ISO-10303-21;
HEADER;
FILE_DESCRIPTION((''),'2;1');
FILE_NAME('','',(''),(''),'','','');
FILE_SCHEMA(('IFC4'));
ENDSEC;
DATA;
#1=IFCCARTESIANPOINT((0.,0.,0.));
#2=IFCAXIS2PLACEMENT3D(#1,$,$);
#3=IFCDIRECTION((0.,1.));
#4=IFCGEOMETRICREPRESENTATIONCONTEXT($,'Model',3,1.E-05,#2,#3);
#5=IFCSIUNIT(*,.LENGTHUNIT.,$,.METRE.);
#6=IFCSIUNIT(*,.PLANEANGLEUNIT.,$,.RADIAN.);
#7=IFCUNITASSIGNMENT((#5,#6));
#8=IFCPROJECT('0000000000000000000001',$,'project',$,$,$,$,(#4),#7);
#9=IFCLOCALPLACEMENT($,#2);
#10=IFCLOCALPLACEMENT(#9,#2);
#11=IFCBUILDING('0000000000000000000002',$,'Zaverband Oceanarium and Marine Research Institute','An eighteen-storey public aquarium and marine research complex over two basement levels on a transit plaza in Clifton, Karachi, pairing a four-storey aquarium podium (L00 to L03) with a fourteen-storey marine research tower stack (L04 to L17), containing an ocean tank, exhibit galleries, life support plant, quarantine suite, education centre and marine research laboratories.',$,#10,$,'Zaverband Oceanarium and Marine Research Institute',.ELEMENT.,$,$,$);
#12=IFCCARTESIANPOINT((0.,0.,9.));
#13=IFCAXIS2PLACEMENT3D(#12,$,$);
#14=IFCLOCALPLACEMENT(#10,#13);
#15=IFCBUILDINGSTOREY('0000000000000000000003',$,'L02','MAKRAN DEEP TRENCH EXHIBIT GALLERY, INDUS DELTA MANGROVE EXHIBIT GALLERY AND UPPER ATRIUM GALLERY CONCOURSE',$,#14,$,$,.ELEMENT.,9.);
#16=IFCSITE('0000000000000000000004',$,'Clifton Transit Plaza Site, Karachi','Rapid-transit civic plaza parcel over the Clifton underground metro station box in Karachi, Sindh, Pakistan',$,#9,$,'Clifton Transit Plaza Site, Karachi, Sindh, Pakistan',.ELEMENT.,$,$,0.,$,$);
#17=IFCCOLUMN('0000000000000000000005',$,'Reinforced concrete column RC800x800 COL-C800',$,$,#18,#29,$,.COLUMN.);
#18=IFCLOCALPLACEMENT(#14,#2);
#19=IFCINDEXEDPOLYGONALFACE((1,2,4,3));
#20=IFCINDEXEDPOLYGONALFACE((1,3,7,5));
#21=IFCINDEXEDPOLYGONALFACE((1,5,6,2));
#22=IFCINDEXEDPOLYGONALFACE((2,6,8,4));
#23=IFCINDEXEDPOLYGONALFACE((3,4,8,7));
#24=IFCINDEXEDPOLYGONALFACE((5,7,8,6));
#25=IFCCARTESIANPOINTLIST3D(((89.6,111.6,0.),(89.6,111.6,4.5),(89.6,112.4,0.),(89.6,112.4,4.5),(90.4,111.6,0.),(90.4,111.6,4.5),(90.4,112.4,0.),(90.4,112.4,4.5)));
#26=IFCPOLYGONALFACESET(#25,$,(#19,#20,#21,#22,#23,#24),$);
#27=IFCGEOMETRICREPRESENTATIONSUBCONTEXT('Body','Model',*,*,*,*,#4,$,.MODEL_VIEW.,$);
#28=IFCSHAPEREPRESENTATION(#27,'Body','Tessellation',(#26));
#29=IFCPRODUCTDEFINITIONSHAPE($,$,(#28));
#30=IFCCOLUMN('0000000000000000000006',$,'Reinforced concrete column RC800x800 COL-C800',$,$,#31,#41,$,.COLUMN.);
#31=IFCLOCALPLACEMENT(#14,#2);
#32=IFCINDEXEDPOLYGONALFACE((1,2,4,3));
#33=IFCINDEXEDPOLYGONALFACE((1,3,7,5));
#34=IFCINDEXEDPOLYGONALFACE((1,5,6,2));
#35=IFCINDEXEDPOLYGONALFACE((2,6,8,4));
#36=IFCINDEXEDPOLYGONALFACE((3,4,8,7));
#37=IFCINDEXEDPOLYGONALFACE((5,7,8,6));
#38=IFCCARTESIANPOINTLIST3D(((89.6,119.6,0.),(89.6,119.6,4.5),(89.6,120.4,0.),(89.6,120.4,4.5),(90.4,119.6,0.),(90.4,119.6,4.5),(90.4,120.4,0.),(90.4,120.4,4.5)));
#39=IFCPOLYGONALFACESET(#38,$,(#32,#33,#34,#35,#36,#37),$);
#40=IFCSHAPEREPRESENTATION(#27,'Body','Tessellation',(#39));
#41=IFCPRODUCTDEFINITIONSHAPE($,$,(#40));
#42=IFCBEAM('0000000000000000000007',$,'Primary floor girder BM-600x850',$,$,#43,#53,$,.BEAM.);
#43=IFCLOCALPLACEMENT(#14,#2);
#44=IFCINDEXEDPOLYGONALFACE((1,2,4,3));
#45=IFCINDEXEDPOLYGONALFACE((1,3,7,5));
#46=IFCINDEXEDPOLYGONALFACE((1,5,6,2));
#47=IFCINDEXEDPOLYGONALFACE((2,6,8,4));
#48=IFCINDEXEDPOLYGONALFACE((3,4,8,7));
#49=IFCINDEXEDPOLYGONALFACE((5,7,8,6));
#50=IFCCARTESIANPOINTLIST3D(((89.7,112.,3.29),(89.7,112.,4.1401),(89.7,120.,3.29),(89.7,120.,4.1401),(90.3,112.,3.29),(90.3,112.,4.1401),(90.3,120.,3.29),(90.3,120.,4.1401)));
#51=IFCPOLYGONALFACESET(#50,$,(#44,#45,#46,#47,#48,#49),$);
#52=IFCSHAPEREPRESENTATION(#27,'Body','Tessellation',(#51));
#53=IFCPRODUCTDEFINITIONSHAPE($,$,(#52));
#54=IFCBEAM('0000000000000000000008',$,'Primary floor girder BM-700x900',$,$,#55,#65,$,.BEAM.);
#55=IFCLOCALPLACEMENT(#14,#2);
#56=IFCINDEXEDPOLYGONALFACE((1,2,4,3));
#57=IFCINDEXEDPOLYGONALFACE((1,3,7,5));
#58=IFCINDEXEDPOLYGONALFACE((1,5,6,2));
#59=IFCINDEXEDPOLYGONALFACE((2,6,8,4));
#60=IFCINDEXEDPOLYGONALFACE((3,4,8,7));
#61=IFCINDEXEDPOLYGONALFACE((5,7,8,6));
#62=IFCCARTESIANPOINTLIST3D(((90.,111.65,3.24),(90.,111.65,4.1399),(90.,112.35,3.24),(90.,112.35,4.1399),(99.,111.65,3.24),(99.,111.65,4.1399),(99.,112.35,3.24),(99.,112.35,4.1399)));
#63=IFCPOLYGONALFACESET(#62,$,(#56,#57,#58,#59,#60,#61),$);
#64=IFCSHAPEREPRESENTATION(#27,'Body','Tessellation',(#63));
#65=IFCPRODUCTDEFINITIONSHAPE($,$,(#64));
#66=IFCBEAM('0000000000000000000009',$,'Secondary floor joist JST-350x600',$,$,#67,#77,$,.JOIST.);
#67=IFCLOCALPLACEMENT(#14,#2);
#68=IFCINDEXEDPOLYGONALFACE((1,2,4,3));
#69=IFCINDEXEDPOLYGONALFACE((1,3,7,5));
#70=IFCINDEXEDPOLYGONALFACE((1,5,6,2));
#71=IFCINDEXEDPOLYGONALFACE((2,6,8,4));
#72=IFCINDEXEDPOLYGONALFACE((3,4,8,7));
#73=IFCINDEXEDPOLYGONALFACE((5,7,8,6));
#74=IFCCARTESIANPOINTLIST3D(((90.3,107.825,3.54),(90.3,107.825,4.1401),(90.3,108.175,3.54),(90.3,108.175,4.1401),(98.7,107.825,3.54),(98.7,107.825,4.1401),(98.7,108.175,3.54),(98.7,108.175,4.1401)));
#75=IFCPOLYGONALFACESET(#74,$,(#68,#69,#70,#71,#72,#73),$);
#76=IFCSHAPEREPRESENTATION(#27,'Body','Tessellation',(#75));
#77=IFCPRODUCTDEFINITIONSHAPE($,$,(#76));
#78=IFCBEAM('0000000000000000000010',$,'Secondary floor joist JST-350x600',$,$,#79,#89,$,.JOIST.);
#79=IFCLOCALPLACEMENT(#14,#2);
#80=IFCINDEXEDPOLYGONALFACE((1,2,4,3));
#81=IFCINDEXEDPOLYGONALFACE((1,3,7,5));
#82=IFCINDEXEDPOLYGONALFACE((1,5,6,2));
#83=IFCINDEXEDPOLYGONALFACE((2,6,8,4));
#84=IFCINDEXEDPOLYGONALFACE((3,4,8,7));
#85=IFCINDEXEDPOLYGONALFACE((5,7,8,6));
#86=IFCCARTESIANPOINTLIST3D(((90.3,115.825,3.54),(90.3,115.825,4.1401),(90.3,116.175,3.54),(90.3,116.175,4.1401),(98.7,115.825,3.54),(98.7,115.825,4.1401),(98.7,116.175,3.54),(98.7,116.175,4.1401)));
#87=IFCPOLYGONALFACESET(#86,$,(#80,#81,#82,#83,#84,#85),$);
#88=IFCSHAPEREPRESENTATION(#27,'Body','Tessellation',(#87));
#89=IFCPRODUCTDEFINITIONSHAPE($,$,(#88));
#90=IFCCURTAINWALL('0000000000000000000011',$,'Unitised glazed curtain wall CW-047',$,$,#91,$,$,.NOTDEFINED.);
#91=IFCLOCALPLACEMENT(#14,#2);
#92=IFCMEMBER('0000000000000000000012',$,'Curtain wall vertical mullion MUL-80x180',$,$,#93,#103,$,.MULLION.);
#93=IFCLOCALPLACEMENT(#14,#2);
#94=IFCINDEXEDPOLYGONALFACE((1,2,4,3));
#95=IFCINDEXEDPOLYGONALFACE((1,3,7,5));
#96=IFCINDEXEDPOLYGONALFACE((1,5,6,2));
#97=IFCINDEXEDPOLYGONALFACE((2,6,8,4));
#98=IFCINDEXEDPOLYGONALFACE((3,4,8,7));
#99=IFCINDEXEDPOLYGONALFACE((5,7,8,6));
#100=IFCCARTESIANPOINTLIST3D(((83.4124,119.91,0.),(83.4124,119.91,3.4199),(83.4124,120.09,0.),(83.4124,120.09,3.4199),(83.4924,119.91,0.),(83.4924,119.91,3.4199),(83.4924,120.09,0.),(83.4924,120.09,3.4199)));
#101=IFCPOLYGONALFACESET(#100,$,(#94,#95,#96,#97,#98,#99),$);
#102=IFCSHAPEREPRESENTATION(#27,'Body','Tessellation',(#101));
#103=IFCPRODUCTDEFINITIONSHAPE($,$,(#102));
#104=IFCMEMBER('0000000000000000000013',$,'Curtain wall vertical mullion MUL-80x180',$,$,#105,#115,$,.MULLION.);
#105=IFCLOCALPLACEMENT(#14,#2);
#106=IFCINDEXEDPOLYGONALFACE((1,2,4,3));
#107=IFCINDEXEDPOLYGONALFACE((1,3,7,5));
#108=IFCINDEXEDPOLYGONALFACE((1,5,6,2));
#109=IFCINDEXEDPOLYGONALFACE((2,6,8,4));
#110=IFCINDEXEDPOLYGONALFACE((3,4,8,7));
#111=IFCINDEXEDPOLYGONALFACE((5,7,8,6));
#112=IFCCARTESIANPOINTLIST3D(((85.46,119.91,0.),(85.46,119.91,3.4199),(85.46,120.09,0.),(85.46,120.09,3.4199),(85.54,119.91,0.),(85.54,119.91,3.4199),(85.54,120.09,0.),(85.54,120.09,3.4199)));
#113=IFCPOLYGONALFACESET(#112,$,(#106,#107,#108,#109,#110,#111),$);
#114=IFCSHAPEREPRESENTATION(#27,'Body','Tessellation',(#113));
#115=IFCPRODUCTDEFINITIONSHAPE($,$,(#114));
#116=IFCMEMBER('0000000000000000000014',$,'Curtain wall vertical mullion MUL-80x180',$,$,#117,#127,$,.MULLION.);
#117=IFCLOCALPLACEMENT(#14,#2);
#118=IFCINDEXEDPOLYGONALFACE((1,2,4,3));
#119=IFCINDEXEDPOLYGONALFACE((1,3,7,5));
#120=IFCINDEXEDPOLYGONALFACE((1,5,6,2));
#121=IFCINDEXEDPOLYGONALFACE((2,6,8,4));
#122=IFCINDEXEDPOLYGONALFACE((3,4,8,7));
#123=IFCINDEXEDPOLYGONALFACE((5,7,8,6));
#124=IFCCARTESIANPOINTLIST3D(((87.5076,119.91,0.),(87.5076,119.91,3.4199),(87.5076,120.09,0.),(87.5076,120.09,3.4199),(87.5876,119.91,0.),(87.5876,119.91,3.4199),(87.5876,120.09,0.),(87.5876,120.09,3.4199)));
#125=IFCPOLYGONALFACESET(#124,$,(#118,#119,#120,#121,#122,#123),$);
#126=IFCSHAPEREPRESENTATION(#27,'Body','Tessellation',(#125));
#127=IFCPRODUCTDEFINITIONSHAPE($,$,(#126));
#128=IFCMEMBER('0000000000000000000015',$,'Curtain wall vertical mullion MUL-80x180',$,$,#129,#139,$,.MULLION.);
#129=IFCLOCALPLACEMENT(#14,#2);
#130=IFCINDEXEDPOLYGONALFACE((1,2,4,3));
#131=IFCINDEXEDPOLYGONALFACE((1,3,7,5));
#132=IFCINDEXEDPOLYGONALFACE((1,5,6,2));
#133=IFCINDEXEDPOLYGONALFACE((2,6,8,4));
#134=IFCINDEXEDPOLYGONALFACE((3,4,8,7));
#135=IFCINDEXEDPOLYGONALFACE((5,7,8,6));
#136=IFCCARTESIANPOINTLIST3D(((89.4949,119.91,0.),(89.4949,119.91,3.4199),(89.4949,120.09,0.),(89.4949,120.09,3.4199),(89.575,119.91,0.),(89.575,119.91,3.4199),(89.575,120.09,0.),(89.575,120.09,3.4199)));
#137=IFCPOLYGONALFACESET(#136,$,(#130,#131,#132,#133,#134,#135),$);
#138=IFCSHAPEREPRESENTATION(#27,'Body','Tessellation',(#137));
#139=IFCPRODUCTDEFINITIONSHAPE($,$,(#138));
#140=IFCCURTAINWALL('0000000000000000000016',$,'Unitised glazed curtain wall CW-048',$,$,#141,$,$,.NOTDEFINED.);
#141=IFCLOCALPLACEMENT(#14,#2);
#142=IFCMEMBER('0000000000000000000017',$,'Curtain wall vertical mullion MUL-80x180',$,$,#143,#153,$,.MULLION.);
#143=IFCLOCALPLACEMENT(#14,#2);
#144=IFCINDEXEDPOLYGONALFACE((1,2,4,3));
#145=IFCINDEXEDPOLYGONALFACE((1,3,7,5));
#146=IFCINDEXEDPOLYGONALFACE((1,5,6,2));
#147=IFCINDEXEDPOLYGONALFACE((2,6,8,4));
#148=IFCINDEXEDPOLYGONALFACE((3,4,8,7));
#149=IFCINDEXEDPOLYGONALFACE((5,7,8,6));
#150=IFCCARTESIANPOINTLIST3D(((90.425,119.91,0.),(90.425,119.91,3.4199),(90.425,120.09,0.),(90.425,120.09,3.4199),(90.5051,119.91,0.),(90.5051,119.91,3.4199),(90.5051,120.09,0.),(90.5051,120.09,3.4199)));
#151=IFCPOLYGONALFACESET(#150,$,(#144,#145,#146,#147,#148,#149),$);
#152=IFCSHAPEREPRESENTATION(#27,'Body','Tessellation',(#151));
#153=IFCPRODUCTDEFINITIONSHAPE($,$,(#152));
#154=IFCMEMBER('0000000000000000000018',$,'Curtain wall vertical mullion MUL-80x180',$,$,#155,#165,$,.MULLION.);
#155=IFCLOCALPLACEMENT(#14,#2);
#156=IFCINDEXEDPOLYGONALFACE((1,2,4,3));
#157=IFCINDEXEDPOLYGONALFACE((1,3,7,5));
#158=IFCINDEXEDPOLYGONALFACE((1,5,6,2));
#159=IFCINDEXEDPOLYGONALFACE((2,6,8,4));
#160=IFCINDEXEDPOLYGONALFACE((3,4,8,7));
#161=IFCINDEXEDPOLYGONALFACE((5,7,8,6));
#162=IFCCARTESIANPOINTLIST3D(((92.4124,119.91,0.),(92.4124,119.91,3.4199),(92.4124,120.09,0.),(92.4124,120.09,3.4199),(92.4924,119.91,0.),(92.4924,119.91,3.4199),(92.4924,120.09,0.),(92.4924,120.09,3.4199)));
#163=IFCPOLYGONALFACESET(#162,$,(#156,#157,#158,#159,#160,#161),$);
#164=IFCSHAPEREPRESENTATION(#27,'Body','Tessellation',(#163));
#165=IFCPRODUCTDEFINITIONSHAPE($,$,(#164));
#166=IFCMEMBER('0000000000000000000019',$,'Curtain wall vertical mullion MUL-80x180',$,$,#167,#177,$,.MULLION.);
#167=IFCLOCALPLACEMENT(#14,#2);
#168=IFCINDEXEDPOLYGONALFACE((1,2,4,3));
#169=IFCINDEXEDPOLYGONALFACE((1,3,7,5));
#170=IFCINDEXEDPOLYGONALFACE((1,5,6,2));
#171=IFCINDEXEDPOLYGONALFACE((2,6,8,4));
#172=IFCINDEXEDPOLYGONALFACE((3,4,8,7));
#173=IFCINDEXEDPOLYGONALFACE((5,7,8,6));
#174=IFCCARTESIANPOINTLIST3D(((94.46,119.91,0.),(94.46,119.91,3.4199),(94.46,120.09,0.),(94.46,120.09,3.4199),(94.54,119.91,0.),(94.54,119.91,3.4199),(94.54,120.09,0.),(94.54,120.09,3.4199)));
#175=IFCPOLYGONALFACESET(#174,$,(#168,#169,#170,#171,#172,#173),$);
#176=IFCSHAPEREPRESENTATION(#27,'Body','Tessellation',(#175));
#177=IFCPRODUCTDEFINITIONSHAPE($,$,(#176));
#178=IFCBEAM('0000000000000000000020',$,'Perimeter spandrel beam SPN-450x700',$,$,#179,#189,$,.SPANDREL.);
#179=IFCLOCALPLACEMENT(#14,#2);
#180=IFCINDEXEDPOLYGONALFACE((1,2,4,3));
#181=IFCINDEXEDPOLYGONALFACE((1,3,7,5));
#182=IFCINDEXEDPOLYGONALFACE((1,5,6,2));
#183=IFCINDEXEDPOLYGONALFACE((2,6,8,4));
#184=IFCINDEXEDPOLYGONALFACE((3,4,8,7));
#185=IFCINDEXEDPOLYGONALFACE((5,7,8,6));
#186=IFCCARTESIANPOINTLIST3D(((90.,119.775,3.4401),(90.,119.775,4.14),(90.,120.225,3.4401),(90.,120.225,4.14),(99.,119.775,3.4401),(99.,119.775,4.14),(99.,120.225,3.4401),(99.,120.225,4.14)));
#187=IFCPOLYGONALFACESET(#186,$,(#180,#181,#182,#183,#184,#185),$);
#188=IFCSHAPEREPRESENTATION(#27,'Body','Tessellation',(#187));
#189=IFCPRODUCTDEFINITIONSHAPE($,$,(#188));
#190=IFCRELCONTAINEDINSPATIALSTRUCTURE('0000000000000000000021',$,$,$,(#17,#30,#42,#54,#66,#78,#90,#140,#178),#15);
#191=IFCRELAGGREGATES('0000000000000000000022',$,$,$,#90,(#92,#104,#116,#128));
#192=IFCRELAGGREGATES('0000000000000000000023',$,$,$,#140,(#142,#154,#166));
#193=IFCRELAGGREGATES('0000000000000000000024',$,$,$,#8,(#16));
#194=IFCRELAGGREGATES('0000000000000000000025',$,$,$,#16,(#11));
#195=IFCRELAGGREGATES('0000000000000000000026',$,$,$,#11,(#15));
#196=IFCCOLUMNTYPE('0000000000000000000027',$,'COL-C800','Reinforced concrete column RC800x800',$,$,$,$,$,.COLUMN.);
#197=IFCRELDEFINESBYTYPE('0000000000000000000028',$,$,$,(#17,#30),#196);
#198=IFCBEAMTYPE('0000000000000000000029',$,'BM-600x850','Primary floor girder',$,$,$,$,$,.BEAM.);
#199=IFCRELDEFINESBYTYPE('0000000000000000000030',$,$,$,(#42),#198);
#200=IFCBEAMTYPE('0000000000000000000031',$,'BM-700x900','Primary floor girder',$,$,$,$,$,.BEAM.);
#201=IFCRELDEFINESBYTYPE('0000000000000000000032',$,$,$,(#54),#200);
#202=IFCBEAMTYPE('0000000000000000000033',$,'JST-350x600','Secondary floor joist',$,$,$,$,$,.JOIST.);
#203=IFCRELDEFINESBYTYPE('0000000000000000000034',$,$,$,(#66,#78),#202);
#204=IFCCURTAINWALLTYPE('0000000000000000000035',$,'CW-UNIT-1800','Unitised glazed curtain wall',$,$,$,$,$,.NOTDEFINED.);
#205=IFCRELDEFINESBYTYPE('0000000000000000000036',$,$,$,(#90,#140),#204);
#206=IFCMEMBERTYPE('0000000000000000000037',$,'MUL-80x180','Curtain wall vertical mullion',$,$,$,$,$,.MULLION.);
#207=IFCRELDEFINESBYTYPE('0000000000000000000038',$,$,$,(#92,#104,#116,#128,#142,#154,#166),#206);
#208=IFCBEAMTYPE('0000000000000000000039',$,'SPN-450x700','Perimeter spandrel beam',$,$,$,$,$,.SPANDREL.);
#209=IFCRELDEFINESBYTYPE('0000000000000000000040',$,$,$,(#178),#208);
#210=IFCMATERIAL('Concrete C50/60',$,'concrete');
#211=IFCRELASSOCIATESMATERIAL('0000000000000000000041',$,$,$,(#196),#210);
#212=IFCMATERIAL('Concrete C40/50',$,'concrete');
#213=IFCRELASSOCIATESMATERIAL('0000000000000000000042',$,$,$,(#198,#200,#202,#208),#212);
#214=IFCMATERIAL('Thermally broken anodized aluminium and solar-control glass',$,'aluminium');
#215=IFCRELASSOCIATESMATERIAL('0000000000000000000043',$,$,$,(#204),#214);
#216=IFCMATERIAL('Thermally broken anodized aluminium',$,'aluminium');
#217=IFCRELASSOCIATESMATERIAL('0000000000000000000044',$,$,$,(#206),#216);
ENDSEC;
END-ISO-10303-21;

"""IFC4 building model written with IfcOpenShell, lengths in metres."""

from ifc_helpers import new_model, si_unit, direction, frame, origin, origin_2d, place, context, subcontext, project, spatial, rectangle, extrude, material, material_profile, profile_set, type_object, element, aggregate, save


model = new_model("IFC4")

# Units and contexts
model_context = context("Model", 3, precision=1e-05, world=origin(), true_north=direction((0.0, 1.0)))
body_context = subcontext(model_context, "Body", "Model", "MODEL_VIEW")
ifc_project = project(units=[si_unit("LENGTHUNIT", "METRE"), si_unit("PLANEANGLEUNIT", "RADIAN")], contexts=[model_context])

# Site, building, storey
site_placement = place(None, origin())
site = spatial("IfcSite", under=ifc_project, at=site_placement, Name="Clifton Transit Plaza Site, Karachi", Description="Rapid-transit civic plaza parcel over the Clifton underground metro station box in Karachi, Sindh, Pakistan", LongName="Clifton Transit Plaza Site, Karachi, Sindh, Pakistan", CompositionType="ELEMENT", RefElevation=0.0)
building_placement = place(site_placement, origin())
building = spatial("IfcBuilding", under=site, at=building_placement, Name="Zaverband Oceanarium and Marine Research Institute", Description="An eighteen-storey public aquarium and marine research complex over two basement levels on a transit plaza in Clifton, Karachi, pairing a four-storey aquarium podium (L00 to L03) with a fourteen-storey marine research tower stack (L04 to L17), containing an ocean tank, exhibit galleries, life support plant, quarantine suite, education centre and marine research laboratories.", LongName="Zaverband Oceanarium and Marine Research Institute", CompositionType="ELEMENT")
storey_placement = place(building_placement, frame((0.0, 0.0, 9.0)))
storey = spatial("IfcBuildingStorey", under=building, at=storey_placement, Name="L02", Description="MAKRAN DEEP TRENCH EXHIBIT GALLERY, INDUS DELTA MANGROVE EXHIBIT GALLERY AND UPPER ATRIUM GALLERY CONCOURSE", CompositionType="ELEMENT", Elevation=9.0)

# Columns
ifc_material_1 = material(Name="Concrete C50/60", Category="concrete")
ifc_material_profile_1 = material_profile(ifc_material_1, rectangle(XDim=0.8, YDim=0.8, at=origin_2d()), Name="RC800x800")
ifc_profile_set_1 = profile_set([ifc_material_profile_1], Name="Concrete C50/60")
column_type = type_object("IfcColumnType", Name="COL-C800", Description="Reinforced concrete column RC800x800", PredefinedType="COLUMN", material=ifc_profile_set_1)
for number, where, z_axis, x_axis, name in (
    (1, (90.0, 112.0, 0.0), (0.0, 0.0, 1.0), (1.0, 0.0, 0.0), "Reinforced concrete column RC800x800 COL-C800"),
    (2, (90.0, 120.0, 0.0), (0.0, 0.0, 1.0), (1.0, 0.0, 0.0), "Reinforced concrete column RC800x800 COL-C800"),
):
    element("IfcColumn", number, at=place(storey_placement, frame(where, z_axis=z_axis, x_axis=x_axis)), inside=storey, type_object=column_type, Name=name, PredefinedType="COLUMN", context=body_context, shape_type="SweptSolid", body=[
        extrude(rectangle(XDim=0.8, YDim=0.8, at=origin_2d()), origin(), (0.0, 0.0, 1.0), 4.5),
    ])

# Beams
ifc_material_2 = material(Name="Concrete C40/50", Category="concrete")
ifc_material_profile_2 = material_profile(ifc_material_2, rectangle(XDim=0.6001, YDim=0.8501, at=origin_2d()), Name="RC600x850")
ifc_profile_set_2 = profile_set([ifc_material_profile_2], Name="Concrete C40/50")
beam_type_1 = type_object("IfcBeamType", Name="BM-600x850", Description="Primary floor girder", PredefinedType="BEAM", material=ifc_profile_set_2)
beam_1_placement = place(storey_placement, frame((90.0, 112.0, 3.7151), z_axis=(0.0, 1.0, 0.0), x_axis=(-1.0, 0.0, 0.0)))
element("IfcBeam", 3, at=beam_1_placement, inside=storey, type_object=beam_type_1, Name="Primary floor girder BM-600x850", PredefinedType="BEAM", context=body_context, shape_type="SweptSolid", body=[
    extrude(rectangle(XDim=0.6001, YDim=0.8501, at=origin_2d()), origin(), (0.0, 0.0, 1.0), 8.0),
])
ifc_material_profile_3 = material_profile(ifc_material_2, rectangle(XDim=0.7, YDim=0.8999, at=origin_2d()), Name="RC700x900")
ifc_profile_set_3 = profile_set([ifc_material_profile_3], Name="Concrete C40/50")
beam_type_2 = type_object("IfcBeamType", Name="BM-700x900", Description="Primary floor girder", PredefinedType="BEAM", material=ifc_profile_set_3)
beam_2_placement = place(storey_placement, frame((90.0, 112.0, 3.6899), z_axis=(1.0, 0.0, 0.0), x_axis=(0.0, 1.0, 0.0)))
element("IfcBeam", 4, at=beam_2_placement, inside=storey, type_object=beam_type_2, Name="Primary floor girder BM-700x900", PredefinedType="BEAM", context=body_context, shape_type="SweptSolid", body=[
    extrude(rectangle(XDim=0.7, YDim=0.8999, at=origin_2d()), origin(), (0.0, 0.0, 1.0), 9.0),
])
ifc_material_profile_4 = material_profile(ifc_material_2, rectangle(XDim=0.3501, YDim=0.6001, at=origin_2d()), Name="RC350x600")
ifc_profile_set_4 = profile_set([ifc_material_profile_4], Name="Concrete C40/50")
beam_type_3 = type_object("IfcBeamType", Name="JST-350x600", Description="Secondary floor joist", PredefinedType="JOIST", material=ifc_profile_set_4)
for number, where, z_axis, x_axis, name in (
    (5, (90.3, 108.0, 3.8401), (1.0, 0.0, 0.0), (0.0, 1.0, 0.0), "Secondary floor joist JST-350x600"),
    (6, (90.3, 116.0, 3.8401), (1.0, 0.0, 0.0), (0.0, 1.0, 0.0), "Secondary floor joist JST-350x600"),
):
    element("IfcBeam", number, at=place(storey_placement, frame(where, z_axis=z_axis, x_axis=x_axis)), inside=storey, type_object=beam_type_3, Name=name, PredefinedType="JOIST", context=body_context, shape_type="SweptSolid", body=[
        extrude(rectangle(XDim=0.3501, YDim=0.6001, at=origin_2d()), origin(), (0.0, 0.0, 1.0), 8.3999),
    ])

# Curtain walls, members
ifc_material_3 = material(Name="Thermally broken anodized aluminium and solar-control glass", Category="aluminium")
curtain_wall_type = type_object("IfcCurtainWallType", Name="CW-UNIT-1800", Description="Unitised glazed curtain wall", PredefinedType="NOTDEFINED", material=ifc_material_3)
curtain_wall_1_placement = place(storey_placement, origin())
curtain_wall_1 = element("IfcCurtainWall", 7, at=curtain_wall_1_placement, inside=storey, type_object=curtain_wall_type, Name="Unitised glazed curtain wall CW-047", PredefinedType="NOTDEFINED")
ifc_material_4 = material(Name="Thermally broken anodized aluminium", Category="aluminium")
ifc_material_profile_5 = material_profile(ifc_material_4, rectangle(XDim=0.0801, YDim=0.1799, at=origin_2d()), Name="AL-MUL-80x180")
ifc_profile_set_5 = profile_set([ifc_material_profile_5], Name="Thermally broken anodized aluminium")
member_type_1 = type_object("IfcMemberType", Name="MUL-80x180", Description="Curtain wall vertical mullion", PredefinedType="MULLION", material=ifc_profile_set_5)
member_1_placement = place(storey_placement, frame((83.4524, 120.0, 0.0), z_axis=(0.0, 0.0, 1.0), x_axis=(1.0, 0.0, 0.0)))
member_1 = element("IfcMember", 8, at=member_1_placement, type_object=member_type_1, Name="Curtain wall vertical mullion MUL-80x180", PredefinedType="MULLION", context=body_context, shape_type="SweptSolid", body=[
    extrude(rectangle(XDim=0.0801, YDim=0.1799, at=origin_2d()), origin(), (0.0, 0.0, 1.0), 3.4199),
])
member_2_placement = place(storey_placement, frame((85.5, 120.0, 0.0), z_axis=(0.0, 0.0, 1.0), x_axis=(1.0, 0.0, 0.0)))
member_2 = element("IfcMember", 9, at=member_2_placement, type_object=member_type_1, Name="Curtain wall vertical mullion MUL-80x180", PredefinedType="MULLION", context=body_context, shape_type="SweptSolid", body=[
    extrude(rectangle(XDim=0.0801, YDim=0.1799, at=origin_2d()), origin(), (0.0, 0.0, 1.0), 3.4199),
])
member_3_placement = place(storey_placement, frame((87.5476, 120.0, 0.0), z_axis=(0.0, 0.0, 1.0), x_axis=(1.0, 0.0, 0.0)))
member_3 = element("IfcMember", 10, at=member_3_placement, type_object=member_type_1, Name="Curtain wall vertical mullion MUL-80x180", PredefinedType="MULLION", context=body_context, shape_type="SweptSolid", body=[
    extrude(rectangle(XDim=0.0801, YDim=0.1799, at=origin_2d()), origin(), (0.0, 0.0, 1.0), 3.4199),
])
member_4_placement = place(storey_placement, frame((89.5349, 120.0, 0.0), z_axis=(0.0, 0.0, 1.0), x_axis=(1.0, 0.0, 0.0)))
member_4 = element("IfcMember", 11, at=member_4_placement, type_object=member_type_1, Name="Curtain wall vertical mullion MUL-80x180", PredefinedType="MULLION", context=body_context, shape_type="SweptSolid", body=[
    extrude(rectangle(XDim=0.0801, YDim=0.1799, at=origin_2d()), origin(), (0.0, 0.0, 1.0), 3.4199),
])
curtain_wall_2_placement = place(storey_placement, origin())
curtain_wall_2 = element("IfcCurtainWall", 12, at=curtain_wall_2_placement, inside=storey, type_object=curtain_wall_type, Name="Unitised glazed curtain wall CW-048", PredefinedType="NOTDEFINED")
member_5_placement = place(storey_placement, frame((90.4651, 120.0, 0.0), z_axis=(0.0, 0.0, 1.0), x_axis=(1.0, 0.0, 0.0)))
member_5 = element("IfcMember", 13, at=member_5_placement, type_object=member_type_1, Name="Curtain wall vertical mullion MUL-80x180", PredefinedType="MULLION", context=body_context, shape_type="SweptSolid", body=[
    extrude(rectangle(XDim=0.0801, YDim=0.1799, at=origin_2d()), origin(), (0.0, 0.0, 1.0), 3.4199),
])
member_6_placement = place(storey_placement, frame((92.4524, 120.0, 0.0), z_axis=(0.0, 0.0, 1.0), x_axis=(1.0, 0.0, 0.0)))
member_6 = element("IfcMember", 14, at=member_6_placement, type_object=member_type_1, Name="Curtain wall vertical mullion MUL-80x180", PredefinedType="MULLION", context=body_context, shape_type="SweptSolid", body=[
    extrude(rectangle(XDim=0.0801, YDim=0.1799, at=origin_2d()), origin(), (0.0, 0.0, 1.0), 3.4199),
])
member_7_placement = place(storey_placement, frame((94.5, 120.0, 0.0), z_axis=(0.0, 0.0, 1.0), x_axis=(1.0, 0.0, 0.0)))
member_7 = element("IfcMember", 15, at=member_7_placement, type_object=member_type_1, Name="Curtain wall vertical mullion MUL-80x180", PredefinedType="MULLION", context=body_context, shape_type="SweptSolid", body=[
    extrude(rectangle(XDim=0.0801, YDim=0.1799, at=origin_2d()), origin(), (0.0, 0.0, 1.0), 3.4199),
])

# Beam
ifc_material_profile_6 = material_profile(ifc_material_2, rectangle(XDim=0.45, YDim=0.7, at=origin_2d()), Name="RC450x700")
ifc_profile_set_6 = profile_set([ifc_material_profile_6], Name="Concrete C40/50")
beam_type_4 = type_object("IfcBeamType", Name="SPN-450x700", Description="Perimeter spandrel beam", PredefinedType="SPANDREL", material=ifc_profile_set_6)
beam_3_placement = place(storey_placement, frame((90.0, 120.0, 3.79), z_axis=(1.0, 0.0, 0.0), x_axis=(0.0, 1.0, 0.0)))
element("IfcBeam", 16, at=beam_3_placement, inside=storey, type_object=beam_type_4, Name="Perimeter spandrel beam SPN-450x700", PredefinedType="SPANDREL", context=body_context, shape_type="SweptSolid", body=[
    extrude(rectangle(XDim=0.45, YDim=0.7, at=origin_2d()), origin(), (0.0, 0.0, 1.0), 9.0),
])

aggregate(curtain_wall_1, [member_1, member_2, member_3, member_4])
aggregate(curtain_wall_2, [member_5, member_6, member_7])

save(model, "model.ifc")
